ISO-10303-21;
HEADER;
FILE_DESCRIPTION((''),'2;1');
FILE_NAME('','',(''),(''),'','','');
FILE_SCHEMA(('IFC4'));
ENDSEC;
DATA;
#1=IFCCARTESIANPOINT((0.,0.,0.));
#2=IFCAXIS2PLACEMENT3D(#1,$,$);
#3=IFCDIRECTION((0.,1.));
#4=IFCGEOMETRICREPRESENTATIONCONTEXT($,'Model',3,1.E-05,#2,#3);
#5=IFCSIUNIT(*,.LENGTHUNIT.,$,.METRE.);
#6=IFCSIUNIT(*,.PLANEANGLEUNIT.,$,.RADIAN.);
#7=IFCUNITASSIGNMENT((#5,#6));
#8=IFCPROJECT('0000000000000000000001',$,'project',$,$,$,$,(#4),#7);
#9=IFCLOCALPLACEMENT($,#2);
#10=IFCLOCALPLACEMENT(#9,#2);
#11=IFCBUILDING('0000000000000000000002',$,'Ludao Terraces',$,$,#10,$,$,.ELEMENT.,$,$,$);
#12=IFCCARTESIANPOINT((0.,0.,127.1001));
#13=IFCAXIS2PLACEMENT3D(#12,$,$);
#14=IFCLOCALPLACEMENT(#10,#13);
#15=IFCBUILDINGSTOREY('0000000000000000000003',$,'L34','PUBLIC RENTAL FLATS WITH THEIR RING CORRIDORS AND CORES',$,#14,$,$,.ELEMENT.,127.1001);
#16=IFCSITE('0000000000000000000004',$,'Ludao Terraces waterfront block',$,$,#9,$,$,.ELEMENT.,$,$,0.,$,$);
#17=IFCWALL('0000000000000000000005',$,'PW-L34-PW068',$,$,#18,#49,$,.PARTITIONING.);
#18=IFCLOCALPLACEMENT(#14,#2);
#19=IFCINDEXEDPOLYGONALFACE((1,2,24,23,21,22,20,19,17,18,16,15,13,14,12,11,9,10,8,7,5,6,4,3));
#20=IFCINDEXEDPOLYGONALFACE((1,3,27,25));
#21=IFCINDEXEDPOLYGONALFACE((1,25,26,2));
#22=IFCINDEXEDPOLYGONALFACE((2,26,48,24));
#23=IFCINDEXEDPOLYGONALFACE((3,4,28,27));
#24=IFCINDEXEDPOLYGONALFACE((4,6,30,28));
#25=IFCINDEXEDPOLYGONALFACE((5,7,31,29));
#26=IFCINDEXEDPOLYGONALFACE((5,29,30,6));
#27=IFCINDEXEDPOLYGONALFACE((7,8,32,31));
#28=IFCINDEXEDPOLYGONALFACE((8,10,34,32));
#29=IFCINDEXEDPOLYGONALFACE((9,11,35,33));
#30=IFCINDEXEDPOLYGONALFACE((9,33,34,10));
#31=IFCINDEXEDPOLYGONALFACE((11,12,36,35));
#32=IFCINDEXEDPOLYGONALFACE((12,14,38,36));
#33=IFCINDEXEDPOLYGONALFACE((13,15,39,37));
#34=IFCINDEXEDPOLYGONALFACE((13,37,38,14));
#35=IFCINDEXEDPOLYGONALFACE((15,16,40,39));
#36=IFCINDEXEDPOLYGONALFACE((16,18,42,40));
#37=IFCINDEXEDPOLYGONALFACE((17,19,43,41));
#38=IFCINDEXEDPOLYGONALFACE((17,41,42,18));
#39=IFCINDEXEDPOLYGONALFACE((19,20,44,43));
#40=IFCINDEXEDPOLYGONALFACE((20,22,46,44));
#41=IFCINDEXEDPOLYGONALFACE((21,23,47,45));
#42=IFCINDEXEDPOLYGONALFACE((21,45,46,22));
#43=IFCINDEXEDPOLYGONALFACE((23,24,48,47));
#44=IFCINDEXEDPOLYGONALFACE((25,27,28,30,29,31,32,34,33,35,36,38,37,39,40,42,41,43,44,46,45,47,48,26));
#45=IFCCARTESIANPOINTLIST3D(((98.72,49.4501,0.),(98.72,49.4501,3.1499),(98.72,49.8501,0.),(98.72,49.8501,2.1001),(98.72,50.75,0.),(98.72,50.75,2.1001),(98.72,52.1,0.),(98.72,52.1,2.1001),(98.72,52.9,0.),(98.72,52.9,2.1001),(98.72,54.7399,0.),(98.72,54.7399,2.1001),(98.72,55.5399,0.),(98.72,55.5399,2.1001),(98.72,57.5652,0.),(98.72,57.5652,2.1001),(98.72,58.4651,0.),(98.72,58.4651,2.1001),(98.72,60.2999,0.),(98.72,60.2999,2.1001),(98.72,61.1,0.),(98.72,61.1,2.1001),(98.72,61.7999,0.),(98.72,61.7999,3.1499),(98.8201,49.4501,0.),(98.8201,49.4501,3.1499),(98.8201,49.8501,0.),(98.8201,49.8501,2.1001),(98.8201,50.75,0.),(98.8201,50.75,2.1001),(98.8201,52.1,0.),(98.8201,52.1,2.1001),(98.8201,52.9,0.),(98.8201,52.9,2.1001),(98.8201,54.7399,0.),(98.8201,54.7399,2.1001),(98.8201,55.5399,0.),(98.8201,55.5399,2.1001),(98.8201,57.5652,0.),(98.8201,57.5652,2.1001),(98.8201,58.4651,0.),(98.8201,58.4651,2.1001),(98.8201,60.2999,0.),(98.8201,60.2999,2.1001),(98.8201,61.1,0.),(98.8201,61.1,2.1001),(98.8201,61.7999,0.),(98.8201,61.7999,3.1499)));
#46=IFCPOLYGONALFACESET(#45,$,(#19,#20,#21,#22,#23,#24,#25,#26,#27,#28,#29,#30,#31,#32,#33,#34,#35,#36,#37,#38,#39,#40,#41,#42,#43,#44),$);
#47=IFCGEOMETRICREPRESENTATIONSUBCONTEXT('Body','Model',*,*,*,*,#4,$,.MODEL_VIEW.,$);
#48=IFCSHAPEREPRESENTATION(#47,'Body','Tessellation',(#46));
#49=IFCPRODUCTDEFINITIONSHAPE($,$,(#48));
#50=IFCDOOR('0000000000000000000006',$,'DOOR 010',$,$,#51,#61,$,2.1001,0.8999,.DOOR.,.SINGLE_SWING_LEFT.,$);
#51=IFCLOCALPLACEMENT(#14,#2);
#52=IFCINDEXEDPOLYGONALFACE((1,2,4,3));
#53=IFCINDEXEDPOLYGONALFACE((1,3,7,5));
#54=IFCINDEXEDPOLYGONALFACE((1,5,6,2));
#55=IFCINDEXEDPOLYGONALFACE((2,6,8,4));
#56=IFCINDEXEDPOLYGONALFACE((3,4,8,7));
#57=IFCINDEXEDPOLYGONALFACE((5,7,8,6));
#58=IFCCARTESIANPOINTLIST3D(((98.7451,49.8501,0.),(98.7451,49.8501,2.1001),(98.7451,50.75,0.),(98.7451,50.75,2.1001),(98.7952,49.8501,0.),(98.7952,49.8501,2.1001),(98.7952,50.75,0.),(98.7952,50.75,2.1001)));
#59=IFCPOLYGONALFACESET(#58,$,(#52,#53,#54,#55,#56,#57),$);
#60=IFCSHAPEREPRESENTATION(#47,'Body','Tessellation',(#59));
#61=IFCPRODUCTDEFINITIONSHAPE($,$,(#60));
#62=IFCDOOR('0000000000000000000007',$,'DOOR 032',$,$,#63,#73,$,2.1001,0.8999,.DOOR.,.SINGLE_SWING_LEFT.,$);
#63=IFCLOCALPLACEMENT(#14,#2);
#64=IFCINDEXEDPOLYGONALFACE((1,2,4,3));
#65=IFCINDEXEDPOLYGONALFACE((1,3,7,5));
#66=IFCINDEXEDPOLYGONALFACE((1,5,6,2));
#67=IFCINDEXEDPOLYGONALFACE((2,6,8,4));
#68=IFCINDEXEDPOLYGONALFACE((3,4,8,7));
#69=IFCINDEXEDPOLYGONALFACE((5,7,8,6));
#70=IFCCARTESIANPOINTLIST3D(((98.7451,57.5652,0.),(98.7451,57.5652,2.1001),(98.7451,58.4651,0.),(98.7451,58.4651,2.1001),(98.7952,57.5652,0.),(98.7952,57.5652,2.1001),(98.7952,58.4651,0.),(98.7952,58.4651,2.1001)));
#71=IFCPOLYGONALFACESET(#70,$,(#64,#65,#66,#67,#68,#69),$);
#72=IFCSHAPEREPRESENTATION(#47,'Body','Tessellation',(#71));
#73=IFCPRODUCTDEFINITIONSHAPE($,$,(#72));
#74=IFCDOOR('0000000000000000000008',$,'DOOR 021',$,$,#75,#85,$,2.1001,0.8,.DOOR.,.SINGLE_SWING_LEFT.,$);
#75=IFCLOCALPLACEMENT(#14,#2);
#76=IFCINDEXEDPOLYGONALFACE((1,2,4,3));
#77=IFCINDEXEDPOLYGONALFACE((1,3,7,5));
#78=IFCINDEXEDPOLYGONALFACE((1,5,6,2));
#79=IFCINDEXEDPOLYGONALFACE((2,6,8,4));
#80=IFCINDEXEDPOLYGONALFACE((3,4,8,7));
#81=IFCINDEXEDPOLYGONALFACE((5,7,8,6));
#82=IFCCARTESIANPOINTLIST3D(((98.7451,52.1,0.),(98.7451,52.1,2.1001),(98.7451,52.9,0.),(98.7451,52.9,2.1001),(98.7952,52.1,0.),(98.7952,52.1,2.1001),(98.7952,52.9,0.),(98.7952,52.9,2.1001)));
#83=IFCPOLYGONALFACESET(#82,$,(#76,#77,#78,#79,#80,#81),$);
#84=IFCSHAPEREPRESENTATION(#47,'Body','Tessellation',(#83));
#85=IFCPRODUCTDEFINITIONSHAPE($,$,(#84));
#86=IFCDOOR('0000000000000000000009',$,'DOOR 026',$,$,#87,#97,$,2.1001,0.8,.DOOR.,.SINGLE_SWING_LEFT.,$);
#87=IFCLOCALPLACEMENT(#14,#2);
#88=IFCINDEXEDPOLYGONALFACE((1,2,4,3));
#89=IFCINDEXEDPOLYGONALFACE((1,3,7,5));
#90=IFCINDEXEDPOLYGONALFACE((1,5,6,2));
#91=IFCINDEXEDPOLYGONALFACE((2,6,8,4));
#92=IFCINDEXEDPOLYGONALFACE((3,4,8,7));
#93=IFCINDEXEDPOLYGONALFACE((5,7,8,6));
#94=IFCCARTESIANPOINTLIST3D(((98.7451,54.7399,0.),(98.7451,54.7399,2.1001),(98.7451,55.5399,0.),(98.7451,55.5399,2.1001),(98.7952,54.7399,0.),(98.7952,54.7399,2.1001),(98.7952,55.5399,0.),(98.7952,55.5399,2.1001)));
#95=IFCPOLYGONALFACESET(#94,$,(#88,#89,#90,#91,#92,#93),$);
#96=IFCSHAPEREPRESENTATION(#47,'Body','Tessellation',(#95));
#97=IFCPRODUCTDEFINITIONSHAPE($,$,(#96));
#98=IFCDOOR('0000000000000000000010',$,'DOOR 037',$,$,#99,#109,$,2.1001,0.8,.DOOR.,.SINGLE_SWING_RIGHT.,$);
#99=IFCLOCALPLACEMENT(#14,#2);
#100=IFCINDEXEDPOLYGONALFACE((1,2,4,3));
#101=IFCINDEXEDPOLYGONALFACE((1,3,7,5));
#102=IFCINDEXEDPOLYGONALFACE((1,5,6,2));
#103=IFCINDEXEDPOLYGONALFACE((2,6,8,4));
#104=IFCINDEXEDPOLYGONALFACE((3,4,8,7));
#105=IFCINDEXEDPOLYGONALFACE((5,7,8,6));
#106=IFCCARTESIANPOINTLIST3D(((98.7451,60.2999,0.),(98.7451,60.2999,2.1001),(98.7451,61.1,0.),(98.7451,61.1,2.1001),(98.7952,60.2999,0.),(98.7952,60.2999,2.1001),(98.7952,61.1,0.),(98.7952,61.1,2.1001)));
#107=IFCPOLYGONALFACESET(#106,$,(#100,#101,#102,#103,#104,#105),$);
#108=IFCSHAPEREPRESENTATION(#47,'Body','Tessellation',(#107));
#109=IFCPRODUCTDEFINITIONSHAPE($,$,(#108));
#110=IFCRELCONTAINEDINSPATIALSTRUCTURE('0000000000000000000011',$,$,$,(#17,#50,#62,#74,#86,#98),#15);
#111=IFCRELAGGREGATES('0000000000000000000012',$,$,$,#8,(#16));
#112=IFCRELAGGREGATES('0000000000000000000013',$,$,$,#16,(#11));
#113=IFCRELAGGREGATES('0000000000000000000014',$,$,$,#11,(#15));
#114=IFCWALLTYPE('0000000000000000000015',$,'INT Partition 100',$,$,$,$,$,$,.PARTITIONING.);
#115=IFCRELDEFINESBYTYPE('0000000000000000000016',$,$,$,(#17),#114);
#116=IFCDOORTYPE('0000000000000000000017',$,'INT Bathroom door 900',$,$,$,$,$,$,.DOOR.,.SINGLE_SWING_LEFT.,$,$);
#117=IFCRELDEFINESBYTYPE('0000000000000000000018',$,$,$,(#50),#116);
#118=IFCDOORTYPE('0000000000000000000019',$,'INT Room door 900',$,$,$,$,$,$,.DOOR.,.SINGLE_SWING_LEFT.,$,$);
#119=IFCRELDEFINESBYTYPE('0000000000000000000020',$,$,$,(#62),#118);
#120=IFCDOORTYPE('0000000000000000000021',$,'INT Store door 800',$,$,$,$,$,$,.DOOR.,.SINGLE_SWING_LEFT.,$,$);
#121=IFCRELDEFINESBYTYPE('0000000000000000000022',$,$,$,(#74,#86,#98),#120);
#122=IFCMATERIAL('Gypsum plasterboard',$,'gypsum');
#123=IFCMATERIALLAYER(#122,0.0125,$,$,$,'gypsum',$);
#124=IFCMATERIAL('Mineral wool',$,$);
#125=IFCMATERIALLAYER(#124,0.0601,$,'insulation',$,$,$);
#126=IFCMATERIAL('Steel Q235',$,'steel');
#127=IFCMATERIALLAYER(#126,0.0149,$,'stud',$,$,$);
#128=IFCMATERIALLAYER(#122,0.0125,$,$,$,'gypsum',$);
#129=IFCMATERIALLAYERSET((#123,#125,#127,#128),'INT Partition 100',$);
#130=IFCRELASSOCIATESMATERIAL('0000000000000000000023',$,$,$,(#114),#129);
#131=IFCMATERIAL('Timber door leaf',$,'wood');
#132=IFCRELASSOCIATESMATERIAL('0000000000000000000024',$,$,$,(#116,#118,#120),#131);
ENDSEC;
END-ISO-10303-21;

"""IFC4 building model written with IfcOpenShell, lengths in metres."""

from ifc_helpers import new_model, si_unit, direction, frame, frame_2d, origin, place, context, subcontext, project, spatial, rectangle, extrude, material, layer, layer_set, type_object, element, fill, save


model = new_model("IFC4")

# Units and contexts
model_context = context("Model", 3, precision=1e-05, world=origin(), true_north=direction((0.0, 1.0)))
body_context = subcontext(model_context, "Body", "Model", "MODEL_VIEW")
ifc_project = project(units=[si_unit("LENGTHUNIT", "METRE"), si_unit("PLANEANGLEUNIT", "RADIAN")], contexts=[model_context])

# Site, building, storey
site_placement = place(None, origin())
site = spatial("IfcSite", under=ifc_project, at=site_placement, Name="Ludao Terraces waterfront block", CompositionType="ELEMENT", RefElevation=0.0)
building_placement = place(site_placement, origin())
building = spatial("IfcBuilding", under=site, at=building_placement, Name="Ludao Terraces", CompositionType="ELEMENT")
storey_placement = place(building_placement, frame((0.0, 0.0, 127.1001)))
storey = spatial("IfcBuildingStorey", under=building, at=storey_placement, Name="L34", Description="PUBLIC RENTAL FLATS WITH THEIR RING CORRIDORS AND CORES", CompositionType="ELEMENT", Elevation=127.1001)

# Shared definitions
ifc_material_1 = material(Name="Mineral wool")

# Shared definitions
ifc_material_2 = material(Name="Gypsum plasterboard", Category="gypsum")
ifc_layer_1 = layer(ifc_material_2, 0.0125, Category="gypsum")
ifc_layer_2 = layer(ifc_material_1, 0.0601, Name="insulation")
ifc_material_3 = material(Name="Steel Q235", Category="steel")
ifc_layer_3 = layer(ifc_material_3, 0.0149, Name="stud")
ifc_layer_4 = layer(ifc_material_2, 0.0125, Category="gypsum")
ifc_layer_set_1 = layer_set([ifc_layer_1, ifc_layer_2, ifc_layer_3, ifc_layer_4], Name="INT Partition 100")
wall_type_1 = type_object("IfcWallType", Name="INT Partition 100", PredefinedType="PARTITIONING", material=ifc_layer_set_1)

# Wall, openings, doors
wall_1_placement = place(storey_placement, frame((98.77, 49.4502, 0.0), z_axis=(0.0, 0.0, 1.0), x_axis=(0.0, 1.0, 0.0)))
wall_1 = element("IfcWall", 1, at=wall_1_placement, inside=storey, type_object=wall_type_1, Name="PW-L34-PW068", PredefinedType="PARTITIONING", context=body_context, shape_type="SweptSolid", body=[
    extrude(rectangle(XDim=12.3499, YDim=0.1001, at=frame_2d((6.1748, 0.0))), origin(), (0.0, 0.0, 1.0), 3.1499),
])
opening_1_placement = place(wall_1_placement, frame((0.3999, 0.0, 0.0)))
opening_1 = element("IfcOpeningElement", 2, at=opening_1_placement, cuts=wall_1, PredefinedType="OPENING", context=body_context, shape_type="SweptSolid", body=[
    extrude(rectangle(XDim=0.8999, YDim=2.1001, at=frame_2d((0.45, 1.05))), frame((0.0, 0.0601, 0.0), z_axis=(0.0, -1.0, 0.0), x_axis=(1.0, 0.0, 0.0)), (0.0, 0.0, 1.0), 0.1201),
])
opening_2_placement = place(wall_1_placement, frame((2.6499, 0.0, 0.0)))
opening_2 = element("IfcOpeningElement", 3, at=opening_2_placement, cuts=wall_1, PredefinedType="OPENING", context=body_context, shape_type="SweptSolid", body=[
    extrude(rectangle(XDim=0.8, YDim=2.1001, at=frame_2d((0.3999, 1.05))), frame((0.0, 0.0601, 0.0), z_axis=(0.0, -1.0, 0.0), x_axis=(1.0, 0.0, 0.0)), (0.0, 0.0, 1.0), 0.1201),
])
opening_3_placement = place(wall_1_placement, frame((5.2898, 0.0, 0.0)))
opening_3 = element("IfcOpeningElement", 4, at=opening_3_placement, cuts=wall_1, PredefinedType="OPENING", context=body_context, shape_type="SweptSolid", body=[
    extrude(rectangle(XDim=0.8, YDim=2.1001, at=frame_2d((0.3999, 1.05))), frame((0.0, 0.0601, 0.0), z_axis=(0.0, -1.0, 0.0), x_axis=(1.0, 0.0, 0.0)), (0.0, 0.0, 1.0), 0.1201),
])
opening_4_placement = place(wall_1_placement, frame((8.115, 0.0, 0.0)))
opening_4 = element("IfcOpeningElement", 5, at=opening_4_placement, cuts=wall_1, PredefinedType="OPENING", context=body_context, shape_type="SweptSolid", body=[
    extrude(rectangle(XDim=0.8999, YDim=2.1001, at=frame_2d((0.45, 1.05))), frame((0.0, 0.0601, 0.0), z_axis=(0.0, -1.0, 0.0), x_axis=(1.0, 0.0, 0.0)), (0.0, 0.0, 1.0), 0.1201),
])
opening_5_placement = place(wall_1_placement, frame((10.8499, 0.0, 0.0)))
opening_5 = element("IfcOpeningElement", 6, at=opening_5_placement, cuts=wall_1, PredefinedType="OPENING", context=body_context, shape_type="SweptSolid", body=[
    extrude(rectangle(XDim=0.8, YDim=2.1001, at=frame_2d((0.3999, 1.05))), frame((0.0, 0.0601, 0.0), z_axis=(0.0, -1.0, 0.0), x_axis=(1.0, 0.0, 0.0)), (0.0, 0.0, 1.0), 0.1201),
])
ifc_material_4 = material(Name="Timber door leaf", Category="wood")
door_type_1 = type_object("IfcDoorType", Name="INT Bathroom door 900", OperationType="SINGLE_SWING_LEFT", PredefinedType="DOOR", material=ifc_material_4)
door_1_placement = place(opening_1_placement, origin())
door_1 = element("IfcDoor", 7, at=door_1_placement, inside=storey, type_object=door_type_1, Name="DOOR 010", OperationType="SINGLE_SWING_LEFT", OverallHeight=2.1001, OverallWidth=0.8999, PredefinedType="DOOR", context=body_context, shape_type="SweptSolid", body=[
    extrude(rectangle(XDim=0.8999, YDim=2.1001, at=frame_2d((0.45, 1.05))), frame((0.0, 0.0249, 0.0), z_axis=(0.0, -1.0, 0.0), x_axis=(1.0, 0.0, 0.0)), (0.0, 0.0, 1.0), 0.05),
])
fill(opening_1, door_1)
door_type_2 = type_object("IfcDoorType", Name="INT Room door 900", OperationType="SINGLE_SWING_LEFT", PredefinedType="DOOR", material=ifc_material_4)
door_2_placement = place(opening_4_placement, origin())
door_2 = element("IfcDoor", 8, at=door_2_placement, inside=storey, type_object=door_type_2, Name="DOOR 032", OperationType="SINGLE_SWING_LEFT", OverallHeight=2.1001, OverallWidth=0.8999, PredefinedType="DOOR", context=body_context, shape_type="SweptSolid", body=[
    extrude(rectangle(XDim=0.8999, YDim=2.1001, at=frame_2d((0.45, 1.05))), frame((0.0, 0.0249, 0.0), z_axis=(0.0, -1.0, 0.0), x_axis=(1.0, 0.0, 0.0)), (0.0, 0.0, 1.0), 0.05),
])
fill(opening_4, door_2)
door_type_3 = type_object("IfcDoorType", Name="INT Store door 800", OperationType="SINGLE_SWING_LEFT", PredefinedType="DOOR", material=ifc_material_4)
door_3_placement = place(opening_2_placement, origin())
door_3 = element("IfcDoor", 9, at=door_3_placement, inside=storey, type_object=door_type_3, Name="DOOR 021", OperationType="SINGLE_SWING_LEFT", OverallHeight=2.1001, OverallWidth=0.8, PredefinedType="DOOR", context=body_context, shape_type="SweptSolid", body=[
    extrude(rectangle(XDim=0.8, YDim=2.1001, at=frame_2d((0.3999, 1.05))), frame((0.0, 0.0249, 0.0), z_axis=(0.0, -1.0, 0.0), x_axis=(1.0, 0.0, 0.0)), (0.0, 0.0, 1.0), 0.05),
])
fill(opening_2, door_3)
door_4_placement = place(opening_3_placement, origin())
door_4 = element("IfcDoor", 10, at=door_4_placement, inside=storey, type_object=door_type_3, Name="DOOR 026", OperationType="SINGLE_SWING_LEFT", OverallHeight=2.1001, OverallWidth=0.8, PredefinedType="DOOR", context=body_context, shape_type="SweptSolid", body=[
    extrude(rectangle(XDim=0.8, YDim=2.1001, at=frame_2d((0.3999, 1.05))), frame((0.0, 0.0249, 0.0), z_axis=(0.0, -1.0, 0.0), x_axis=(1.0, 0.0, 0.0)), (0.0, 0.0, 1.0), 0.05),
])
fill(opening_3, door_4)
door_5_placement = place(opening_5_placement, origin())
door_5 = element("IfcDoor", 11, at=door_5_placement, inside=storey, type_object=door_type_3, Name="DOOR 037", OperationType="SINGLE_SWING_RIGHT", OverallHeight=2.1001, OverallWidth=0.8, PredefinedType="DOOR", context=body_context, shape_type="SweptSolid", body=[
    extrude(rectangle(XDim=0.8, YDim=2.1001, at=frame_2d((0.3999, 1.05))), frame((0.0, 0.0249, 0.0), z_axis=(0.0, -1.0, 0.0), x_axis=(1.0, 0.0, 0.0)), (0.0, 0.0, 1.0), 0.05),
])
fill(opening_5, door_5)

save(model, "model.ifc")
